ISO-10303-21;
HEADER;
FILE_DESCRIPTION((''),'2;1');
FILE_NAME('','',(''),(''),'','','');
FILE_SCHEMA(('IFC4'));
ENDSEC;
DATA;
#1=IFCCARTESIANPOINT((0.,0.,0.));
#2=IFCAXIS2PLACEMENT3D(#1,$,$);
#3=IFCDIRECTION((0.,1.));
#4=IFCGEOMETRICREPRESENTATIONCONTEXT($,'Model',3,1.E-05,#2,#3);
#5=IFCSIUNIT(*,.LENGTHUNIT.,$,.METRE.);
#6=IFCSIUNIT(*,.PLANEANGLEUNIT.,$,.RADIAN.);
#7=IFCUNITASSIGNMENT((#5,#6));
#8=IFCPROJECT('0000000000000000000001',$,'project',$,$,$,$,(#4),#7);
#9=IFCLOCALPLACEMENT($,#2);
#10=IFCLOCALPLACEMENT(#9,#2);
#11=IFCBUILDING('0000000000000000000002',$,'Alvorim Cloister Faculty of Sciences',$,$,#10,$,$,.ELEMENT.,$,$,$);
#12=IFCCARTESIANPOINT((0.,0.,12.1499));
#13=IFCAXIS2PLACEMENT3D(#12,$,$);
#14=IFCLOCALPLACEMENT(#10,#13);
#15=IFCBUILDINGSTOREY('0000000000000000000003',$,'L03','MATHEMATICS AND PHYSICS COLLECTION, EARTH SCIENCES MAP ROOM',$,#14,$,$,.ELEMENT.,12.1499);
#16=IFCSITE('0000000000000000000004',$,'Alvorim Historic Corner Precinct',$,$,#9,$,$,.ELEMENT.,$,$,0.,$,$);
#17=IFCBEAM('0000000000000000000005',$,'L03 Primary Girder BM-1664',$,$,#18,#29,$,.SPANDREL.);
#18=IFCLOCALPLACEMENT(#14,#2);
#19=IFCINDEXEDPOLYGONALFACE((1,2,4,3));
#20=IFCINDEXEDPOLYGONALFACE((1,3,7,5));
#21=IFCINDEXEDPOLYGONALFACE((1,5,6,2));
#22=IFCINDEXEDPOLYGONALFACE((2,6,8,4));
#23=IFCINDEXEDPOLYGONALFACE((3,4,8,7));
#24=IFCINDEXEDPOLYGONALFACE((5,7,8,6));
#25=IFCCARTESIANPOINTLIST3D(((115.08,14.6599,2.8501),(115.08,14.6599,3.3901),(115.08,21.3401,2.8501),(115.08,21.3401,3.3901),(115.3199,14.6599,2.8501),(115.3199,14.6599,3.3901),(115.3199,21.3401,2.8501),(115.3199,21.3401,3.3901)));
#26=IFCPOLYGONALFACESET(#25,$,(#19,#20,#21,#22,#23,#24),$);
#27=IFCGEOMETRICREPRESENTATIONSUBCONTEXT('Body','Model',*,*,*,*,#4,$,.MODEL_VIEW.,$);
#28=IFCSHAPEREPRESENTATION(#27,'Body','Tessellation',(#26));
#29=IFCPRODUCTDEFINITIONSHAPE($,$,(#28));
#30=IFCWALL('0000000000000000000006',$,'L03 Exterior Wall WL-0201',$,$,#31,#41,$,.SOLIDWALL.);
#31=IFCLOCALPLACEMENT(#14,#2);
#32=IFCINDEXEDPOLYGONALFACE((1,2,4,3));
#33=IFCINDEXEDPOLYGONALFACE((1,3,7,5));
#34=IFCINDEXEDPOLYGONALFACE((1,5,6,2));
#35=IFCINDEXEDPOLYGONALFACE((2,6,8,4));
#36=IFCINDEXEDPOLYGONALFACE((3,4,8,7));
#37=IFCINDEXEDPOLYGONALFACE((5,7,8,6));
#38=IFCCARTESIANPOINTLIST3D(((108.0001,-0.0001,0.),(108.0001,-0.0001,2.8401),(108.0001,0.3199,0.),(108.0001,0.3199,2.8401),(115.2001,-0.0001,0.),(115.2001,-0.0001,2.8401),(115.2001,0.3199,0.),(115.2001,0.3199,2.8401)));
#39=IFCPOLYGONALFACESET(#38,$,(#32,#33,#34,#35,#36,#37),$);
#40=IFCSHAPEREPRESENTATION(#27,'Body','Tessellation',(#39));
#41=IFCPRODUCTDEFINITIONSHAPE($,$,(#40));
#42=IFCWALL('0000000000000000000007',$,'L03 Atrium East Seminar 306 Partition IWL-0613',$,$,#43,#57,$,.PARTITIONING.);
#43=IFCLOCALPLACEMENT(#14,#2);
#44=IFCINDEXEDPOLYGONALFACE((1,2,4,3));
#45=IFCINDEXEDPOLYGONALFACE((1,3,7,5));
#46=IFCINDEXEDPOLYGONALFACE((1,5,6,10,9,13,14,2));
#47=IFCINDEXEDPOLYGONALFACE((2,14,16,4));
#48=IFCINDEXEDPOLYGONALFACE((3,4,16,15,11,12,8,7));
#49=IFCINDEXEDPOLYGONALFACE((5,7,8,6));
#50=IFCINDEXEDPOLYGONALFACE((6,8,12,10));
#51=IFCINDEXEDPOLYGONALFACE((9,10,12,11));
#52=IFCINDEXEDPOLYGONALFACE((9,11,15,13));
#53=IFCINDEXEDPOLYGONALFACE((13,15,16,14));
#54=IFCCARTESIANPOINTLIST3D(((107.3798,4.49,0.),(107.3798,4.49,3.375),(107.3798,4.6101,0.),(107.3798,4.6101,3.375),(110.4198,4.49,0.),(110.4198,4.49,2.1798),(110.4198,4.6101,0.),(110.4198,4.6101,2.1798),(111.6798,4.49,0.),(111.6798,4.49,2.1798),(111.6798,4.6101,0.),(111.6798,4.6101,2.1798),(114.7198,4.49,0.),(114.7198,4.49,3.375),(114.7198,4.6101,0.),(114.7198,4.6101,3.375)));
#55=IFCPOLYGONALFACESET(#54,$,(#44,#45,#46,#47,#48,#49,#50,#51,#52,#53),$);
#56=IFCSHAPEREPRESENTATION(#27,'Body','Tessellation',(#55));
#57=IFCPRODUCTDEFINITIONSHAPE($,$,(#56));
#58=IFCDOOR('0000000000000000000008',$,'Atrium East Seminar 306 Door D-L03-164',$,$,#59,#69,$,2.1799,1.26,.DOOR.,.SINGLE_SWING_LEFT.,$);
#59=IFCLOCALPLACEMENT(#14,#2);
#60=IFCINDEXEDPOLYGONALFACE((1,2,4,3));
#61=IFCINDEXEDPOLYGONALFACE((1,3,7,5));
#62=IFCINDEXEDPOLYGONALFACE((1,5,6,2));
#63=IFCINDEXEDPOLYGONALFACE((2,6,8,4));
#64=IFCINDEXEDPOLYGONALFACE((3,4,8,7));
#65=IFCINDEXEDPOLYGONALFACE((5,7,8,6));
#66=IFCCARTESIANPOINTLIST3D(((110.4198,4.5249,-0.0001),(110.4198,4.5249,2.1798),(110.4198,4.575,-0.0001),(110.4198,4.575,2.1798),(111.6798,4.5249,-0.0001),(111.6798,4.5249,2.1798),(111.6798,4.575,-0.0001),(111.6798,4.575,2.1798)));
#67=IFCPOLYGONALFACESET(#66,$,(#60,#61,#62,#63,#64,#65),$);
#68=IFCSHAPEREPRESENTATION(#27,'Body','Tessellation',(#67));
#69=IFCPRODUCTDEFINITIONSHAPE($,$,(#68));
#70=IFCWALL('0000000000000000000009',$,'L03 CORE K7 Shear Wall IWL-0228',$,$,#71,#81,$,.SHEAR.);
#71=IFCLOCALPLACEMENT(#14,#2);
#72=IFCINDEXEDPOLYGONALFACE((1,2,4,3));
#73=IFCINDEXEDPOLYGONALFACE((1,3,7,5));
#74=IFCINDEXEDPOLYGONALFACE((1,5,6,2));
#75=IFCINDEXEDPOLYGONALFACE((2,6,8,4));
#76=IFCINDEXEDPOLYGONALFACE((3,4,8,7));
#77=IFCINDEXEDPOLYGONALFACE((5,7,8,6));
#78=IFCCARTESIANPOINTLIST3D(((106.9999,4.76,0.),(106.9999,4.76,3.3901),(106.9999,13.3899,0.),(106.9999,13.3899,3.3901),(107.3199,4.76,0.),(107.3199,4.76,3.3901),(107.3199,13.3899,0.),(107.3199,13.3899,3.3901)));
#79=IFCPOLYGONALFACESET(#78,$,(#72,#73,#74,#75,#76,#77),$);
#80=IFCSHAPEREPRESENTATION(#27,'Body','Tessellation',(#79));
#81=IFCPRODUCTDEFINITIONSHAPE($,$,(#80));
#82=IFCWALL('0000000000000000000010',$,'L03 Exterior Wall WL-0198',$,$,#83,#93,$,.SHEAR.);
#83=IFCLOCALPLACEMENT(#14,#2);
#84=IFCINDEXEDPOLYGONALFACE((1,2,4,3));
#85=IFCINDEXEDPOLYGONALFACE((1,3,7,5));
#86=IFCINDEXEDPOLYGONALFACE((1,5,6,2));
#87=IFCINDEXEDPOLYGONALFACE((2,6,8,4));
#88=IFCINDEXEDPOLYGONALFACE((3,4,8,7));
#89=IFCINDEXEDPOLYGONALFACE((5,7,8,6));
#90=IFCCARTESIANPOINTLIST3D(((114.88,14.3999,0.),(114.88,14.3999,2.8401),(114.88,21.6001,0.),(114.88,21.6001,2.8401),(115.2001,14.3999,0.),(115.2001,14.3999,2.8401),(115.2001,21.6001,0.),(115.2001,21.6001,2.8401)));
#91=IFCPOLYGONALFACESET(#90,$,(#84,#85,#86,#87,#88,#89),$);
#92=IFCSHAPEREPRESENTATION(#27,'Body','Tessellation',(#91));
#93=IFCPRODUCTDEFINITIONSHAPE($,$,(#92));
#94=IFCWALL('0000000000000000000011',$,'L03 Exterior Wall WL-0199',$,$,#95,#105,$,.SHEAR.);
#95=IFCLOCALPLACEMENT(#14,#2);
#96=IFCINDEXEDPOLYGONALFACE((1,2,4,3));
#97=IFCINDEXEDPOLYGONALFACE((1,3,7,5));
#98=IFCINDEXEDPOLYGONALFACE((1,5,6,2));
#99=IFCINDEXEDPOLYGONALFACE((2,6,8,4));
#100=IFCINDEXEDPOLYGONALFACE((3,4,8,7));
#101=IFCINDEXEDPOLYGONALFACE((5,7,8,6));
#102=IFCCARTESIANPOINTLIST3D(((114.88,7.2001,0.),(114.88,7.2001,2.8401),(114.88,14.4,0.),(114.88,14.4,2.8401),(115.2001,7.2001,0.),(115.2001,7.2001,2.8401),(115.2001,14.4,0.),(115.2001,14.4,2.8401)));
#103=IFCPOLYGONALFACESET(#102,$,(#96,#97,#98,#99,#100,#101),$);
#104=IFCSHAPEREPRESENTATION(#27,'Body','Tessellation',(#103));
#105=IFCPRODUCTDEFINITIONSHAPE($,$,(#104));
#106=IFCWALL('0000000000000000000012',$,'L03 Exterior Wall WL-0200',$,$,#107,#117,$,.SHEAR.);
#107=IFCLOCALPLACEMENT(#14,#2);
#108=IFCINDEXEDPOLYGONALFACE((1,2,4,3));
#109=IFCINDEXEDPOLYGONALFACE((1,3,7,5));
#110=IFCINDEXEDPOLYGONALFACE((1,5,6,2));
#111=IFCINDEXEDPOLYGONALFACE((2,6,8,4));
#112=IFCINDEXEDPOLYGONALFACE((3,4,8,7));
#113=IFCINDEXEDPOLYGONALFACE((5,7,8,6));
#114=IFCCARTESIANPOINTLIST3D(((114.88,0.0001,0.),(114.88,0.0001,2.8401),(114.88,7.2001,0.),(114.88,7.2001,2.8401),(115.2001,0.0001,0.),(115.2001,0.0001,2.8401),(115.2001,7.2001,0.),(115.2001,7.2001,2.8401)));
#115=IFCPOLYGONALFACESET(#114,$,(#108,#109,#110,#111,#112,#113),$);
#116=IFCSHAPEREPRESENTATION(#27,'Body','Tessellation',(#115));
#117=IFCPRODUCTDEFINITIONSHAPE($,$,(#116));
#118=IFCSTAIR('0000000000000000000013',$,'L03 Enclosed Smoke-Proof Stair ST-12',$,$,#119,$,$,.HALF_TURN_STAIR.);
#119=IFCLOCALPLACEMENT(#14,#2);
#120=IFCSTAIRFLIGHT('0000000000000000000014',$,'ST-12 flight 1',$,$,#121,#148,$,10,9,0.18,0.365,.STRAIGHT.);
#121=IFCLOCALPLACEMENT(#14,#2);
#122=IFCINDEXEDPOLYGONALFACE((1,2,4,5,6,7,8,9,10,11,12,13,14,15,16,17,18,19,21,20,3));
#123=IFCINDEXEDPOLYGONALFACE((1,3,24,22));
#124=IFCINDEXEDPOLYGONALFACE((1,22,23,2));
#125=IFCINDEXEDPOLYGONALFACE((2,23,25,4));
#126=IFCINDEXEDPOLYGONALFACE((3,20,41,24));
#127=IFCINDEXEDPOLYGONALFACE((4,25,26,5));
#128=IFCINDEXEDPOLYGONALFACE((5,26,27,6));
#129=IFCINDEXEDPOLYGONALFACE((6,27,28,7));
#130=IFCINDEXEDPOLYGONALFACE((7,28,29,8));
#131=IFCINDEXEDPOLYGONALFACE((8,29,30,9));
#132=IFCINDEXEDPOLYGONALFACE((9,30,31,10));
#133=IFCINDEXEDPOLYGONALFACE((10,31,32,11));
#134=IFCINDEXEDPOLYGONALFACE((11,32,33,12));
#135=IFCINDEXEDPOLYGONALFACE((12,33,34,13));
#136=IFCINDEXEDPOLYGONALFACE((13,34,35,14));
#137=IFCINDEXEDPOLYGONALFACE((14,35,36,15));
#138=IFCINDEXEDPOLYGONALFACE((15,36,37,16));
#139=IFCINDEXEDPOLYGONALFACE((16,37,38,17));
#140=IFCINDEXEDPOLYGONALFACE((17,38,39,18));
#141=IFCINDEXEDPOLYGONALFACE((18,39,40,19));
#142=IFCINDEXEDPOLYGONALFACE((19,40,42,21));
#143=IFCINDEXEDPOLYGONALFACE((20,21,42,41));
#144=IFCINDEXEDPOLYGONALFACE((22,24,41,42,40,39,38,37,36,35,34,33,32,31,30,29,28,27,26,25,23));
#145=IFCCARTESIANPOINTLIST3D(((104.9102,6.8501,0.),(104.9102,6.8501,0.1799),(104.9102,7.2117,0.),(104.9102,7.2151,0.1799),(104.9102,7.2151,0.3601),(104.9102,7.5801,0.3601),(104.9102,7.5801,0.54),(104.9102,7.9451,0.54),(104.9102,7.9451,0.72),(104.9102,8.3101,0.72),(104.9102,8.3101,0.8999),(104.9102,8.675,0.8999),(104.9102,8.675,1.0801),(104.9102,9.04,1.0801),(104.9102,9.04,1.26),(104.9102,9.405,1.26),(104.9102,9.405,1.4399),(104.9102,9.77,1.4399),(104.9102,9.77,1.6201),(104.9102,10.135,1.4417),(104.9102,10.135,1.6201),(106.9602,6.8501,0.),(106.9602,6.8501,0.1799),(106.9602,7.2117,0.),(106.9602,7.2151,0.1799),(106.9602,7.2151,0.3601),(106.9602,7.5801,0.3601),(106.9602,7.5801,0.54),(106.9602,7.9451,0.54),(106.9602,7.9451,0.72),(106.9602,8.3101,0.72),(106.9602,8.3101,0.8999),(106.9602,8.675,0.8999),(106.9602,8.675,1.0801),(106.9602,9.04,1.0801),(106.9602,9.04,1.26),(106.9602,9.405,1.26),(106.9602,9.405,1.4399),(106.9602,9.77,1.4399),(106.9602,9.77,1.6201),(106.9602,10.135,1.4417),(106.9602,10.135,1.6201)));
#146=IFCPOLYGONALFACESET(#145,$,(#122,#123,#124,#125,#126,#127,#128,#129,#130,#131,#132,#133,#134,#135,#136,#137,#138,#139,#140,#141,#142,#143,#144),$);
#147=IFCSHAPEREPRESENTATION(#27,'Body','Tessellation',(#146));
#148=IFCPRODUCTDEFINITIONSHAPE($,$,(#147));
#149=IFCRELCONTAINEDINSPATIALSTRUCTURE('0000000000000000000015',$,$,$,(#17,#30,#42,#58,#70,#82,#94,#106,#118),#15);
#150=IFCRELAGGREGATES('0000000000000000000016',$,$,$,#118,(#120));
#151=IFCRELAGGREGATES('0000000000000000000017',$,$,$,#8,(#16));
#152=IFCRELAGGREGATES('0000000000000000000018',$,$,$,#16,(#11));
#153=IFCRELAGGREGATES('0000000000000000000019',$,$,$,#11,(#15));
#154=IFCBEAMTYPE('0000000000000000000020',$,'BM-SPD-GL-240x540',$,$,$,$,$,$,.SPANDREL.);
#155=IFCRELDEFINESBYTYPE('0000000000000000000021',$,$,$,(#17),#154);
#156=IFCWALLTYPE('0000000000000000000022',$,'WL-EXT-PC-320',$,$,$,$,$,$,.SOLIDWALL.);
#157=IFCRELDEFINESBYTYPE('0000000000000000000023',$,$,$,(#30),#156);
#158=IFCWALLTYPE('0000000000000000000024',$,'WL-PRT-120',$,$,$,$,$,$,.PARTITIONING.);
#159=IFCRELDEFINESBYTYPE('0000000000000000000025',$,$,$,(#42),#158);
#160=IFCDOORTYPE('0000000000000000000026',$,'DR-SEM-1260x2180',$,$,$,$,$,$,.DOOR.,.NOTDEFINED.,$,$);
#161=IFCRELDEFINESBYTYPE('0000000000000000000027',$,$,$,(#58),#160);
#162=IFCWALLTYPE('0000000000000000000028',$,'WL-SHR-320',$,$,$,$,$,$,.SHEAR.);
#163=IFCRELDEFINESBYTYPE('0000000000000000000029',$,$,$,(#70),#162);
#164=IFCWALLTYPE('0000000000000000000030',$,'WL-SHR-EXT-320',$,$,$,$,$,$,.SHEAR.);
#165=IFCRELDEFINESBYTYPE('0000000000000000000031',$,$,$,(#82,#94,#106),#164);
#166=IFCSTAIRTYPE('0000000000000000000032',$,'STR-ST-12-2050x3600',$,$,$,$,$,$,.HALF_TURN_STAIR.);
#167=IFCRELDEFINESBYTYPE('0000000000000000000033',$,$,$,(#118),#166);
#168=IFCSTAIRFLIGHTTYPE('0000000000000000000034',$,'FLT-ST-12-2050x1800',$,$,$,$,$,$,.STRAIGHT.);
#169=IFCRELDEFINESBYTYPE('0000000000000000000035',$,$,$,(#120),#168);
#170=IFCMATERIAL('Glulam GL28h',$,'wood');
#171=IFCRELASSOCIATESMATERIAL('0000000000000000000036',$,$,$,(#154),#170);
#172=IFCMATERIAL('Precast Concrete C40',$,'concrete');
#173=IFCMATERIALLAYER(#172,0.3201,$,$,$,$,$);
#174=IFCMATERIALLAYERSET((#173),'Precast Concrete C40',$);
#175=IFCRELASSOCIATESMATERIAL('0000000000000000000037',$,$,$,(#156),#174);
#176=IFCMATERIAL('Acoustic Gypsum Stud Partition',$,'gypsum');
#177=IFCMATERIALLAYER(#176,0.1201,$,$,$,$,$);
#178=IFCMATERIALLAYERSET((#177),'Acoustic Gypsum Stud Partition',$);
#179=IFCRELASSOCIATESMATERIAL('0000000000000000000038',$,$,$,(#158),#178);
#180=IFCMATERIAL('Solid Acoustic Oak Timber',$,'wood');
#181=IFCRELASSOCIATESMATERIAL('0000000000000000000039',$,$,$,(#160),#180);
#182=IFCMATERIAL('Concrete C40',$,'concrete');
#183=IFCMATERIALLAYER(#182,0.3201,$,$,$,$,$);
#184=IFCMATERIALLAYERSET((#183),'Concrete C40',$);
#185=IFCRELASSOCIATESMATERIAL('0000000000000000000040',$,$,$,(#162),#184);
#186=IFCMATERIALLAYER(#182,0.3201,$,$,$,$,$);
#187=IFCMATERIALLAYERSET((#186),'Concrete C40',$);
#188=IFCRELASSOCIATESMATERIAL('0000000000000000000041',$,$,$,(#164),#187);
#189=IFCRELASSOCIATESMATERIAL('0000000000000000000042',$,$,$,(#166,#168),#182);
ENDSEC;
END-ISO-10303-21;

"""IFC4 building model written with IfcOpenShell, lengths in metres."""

from ifc_helpers import new_model, si_unit, direction, frame, frame_2d, origin, origin_2d, place, context, subcontext, project, spatial, polyline, rectangle, outline, extrude, material, layer, layer_set, material_profile, profile_set, type_object, element, fill, aggregate, save


model = new_model("IFC4")

# Units and contexts
model_context = context("Model", 3, precision=1e-05, world=origin(), true_north=direction((0.0, 1.0)))
body_context = subcontext(model_context, "Body", "Model", "MODEL_VIEW")
ifc_project = project(units=[si_unit("LENGTHUNIT", "METRE"), si_unit("PLANEANGLEUNIT", "RADIAN")], contexts=[model_context])

# Site, building, storey
site_placement = place(None, origin())
site = spatial("IfcSite", under=ifc_project, at=site_placement, Name="Alvorim Historic Corner Precinct", CompositionType="ELEMENT", RefElevation=0.0)
building_placement = place(site_placement, origin())
building = spatial("IfcBuilding", under=site, at=building_placement, Name="Alvorim Cloister Faculty of Sciences", CompositionType="ELEMENT")
storey_placement = place(building_placement, frame((0.0, 0.0, 12.1499)))
storey = spatial("IfcBuildingStorey", under=building, at=storey_placement, Name="L03", Description="MATHEMATICS AND PHYSICS COLLECTION, EARTH SCIENCES MAP ROOM", CompositionType="ELEMENT", Elevation=12.1499)

# Beam
ifc_material_1 = material(Name="Glulam GL28h", Category="wood")
ifc_material_profile_1 = material_profile(ifc_material_1, rectangle(XDim=0.24, YDim=0.54, at=origin_2d()), Name="GL28-SPD-240x540")
ifc_profile_set_1 = profile_set([ifc_material_profile_1], Name="Glulam GL28h")
beam_type_1 = type_object("IfcBeamType", Name="BM-SPD-GL-240x540", PredefinedType="SPANDREL", material=ifc_profile_set_1)
beam_1_placement = place(storey_placement, frame((115.2, 14.6599, 3.1201), z_axis=(0.0, 1.0, 0.0), x_axis=(-1.0, 0.0, 0.0)))
element("IfcBeam", 1, at=beam_1_placement, inside=storey, type_object=beam_type_1, Name="L03 Primary Girder BM-1664", PredefinedType="SPANDREL", context=body_context, shape_type="SweptSolid", body=[
    extrude(rectangle(XDim=0.24, YDim=0.54, at=origin_2d()), origin(), (0.0, 0.0, 1.0), 6.6802),
])

# Wall
ifc_material_2 = material(Name="Precast Concrete C40", Category="concrete")
ifc_layer_1 = layer(ifc_material_2, 0.3201)
ifc_layer_set_1 = layer_set([ifc_layer_1], Name="Precast Concrete C40")
wall_type_1 = type_object("IfcWallType", Name="WL-EXT-PC-320", PredefinedType="SOLIDWALL", material=ifc_layer_set_1)
wall_1_placement = place(storey_placement, frame((108.0, 0.1599, 0.0), z_axis=(0.0, 0.0, 1.0), x_axis=(1.0, 0.0, 0.0)))
element("IfcWall", 2, at=wall_1_placement, inside=storey, type_object=wall_type_1, Name="L03 Exterior Wall WL-0201", PredefinedType="SOLIDWALL", context=body_context, shape_type="SweptSolid", body=[
    extrude(rectangle(XDim=7.2, YDim=0.3201, at=frame_2d((3.6001, 0.0))), origin(), (0.0, 0.0, 1.0), 2.8401),
])

# Wall, opening, door
ifc_material_3 = material(Name="Acoustic Gypsum Stud Partition", Category="gypsum")
ifc_layer_2 = layer(ifc_material_3, 0.1201)
ifc_layer_set_2 = layer_set([ifc_layer_2], Name="Acoustic Gypsum Stud Partition")
wall_type_2 = type_object("IfcWallType", Name="WL-PRT-120", PredefinedType="PARTITIONING", material=ifc_layer_set_2)
wall_2_placement = place(storey_placement, frame((107.3799, 4.55, 0.0), z_axis=(0.0, 0.0, 1.0), x_axis=(1.0, 0.0, 0.0)))
wall_2 = element("IfcWall", 3, at=wall_2_placement, inside=storey, type_object=wall_type_2, Name="L03 Atrium East Seminar 306 Partition IWL-0613", PredefinedType="PARTITIONING", context=body_context, shape_type="SweptSolid", body=[
    extrude(rectangle(XDim=7.3401, YDim=0.1201, at=frame_2d((3.6699, 0.0))), origin(), (0.0, 0.0, 1.0), 3.375),
])
opening_placement = place(wall_2_placement, frame((3.04, 0.0, 0.0)))
opening = element("IfcOpeningElement", 4, at=opening_placement, cuts=wall_2, PredefinedType="OPENING", context=body_context, shape_type="SweptSolid", body=[
    extrude(rectangle(XDim=1.26, YDim=2.1799, at=frame_2d((0.6299, 1.0898))), frame((0.0, 0.072, 0.0), z_axis=(0.0, -1.0, 0.0), x_axis=(1.0, 0.0, 0.0)), (0.0, 0.0, 1.0), 0.144),
])
ifc_material_4 = material(Name="Solid Acoustic Oak Timber", Category="wood")
door_type = type_object("IfcDoorType", Name="DR-SEM-1260x2180", OperationType="NOTDEFINED", PredefinedType="DOOR", material=ifc_material_4)
door_placement = place(opening_placement, origin())
door = element("IfcDoor", 5, at=door_placement, inside=storey, type_object=door_type, Name="Atrium East Seminar 306 Door D-L03-164", OperationType="SINGLE_SWING_LEFT", OverallHeight=2.1799, OverallWidth=1.26, PredefinedType="DOOR", context=body_context, shape_type="SweptSolid", body=[
    extrude(rectangle(XDim=1.26, YDim=2.1799, at=frame_2d((0.6299, 1.0898))), frame((0.0, 0.0249, 0.0), z_axis=(0.0, -1.0, 0.0), x_axis=(1.0, 0.0, 0.0)), (0.0, 0.0, 1.0), 0.05),
])
fill(opening, door)

# Walls
ifc_material_5 = material(Name="Concrete C40", Category="concrete")
ifc_layer_3 = layer(ifc_material_5, 0.3201)
ifc_layer_set_3 = layer_set([ifc_layer_3], Name="Concrete C40")
wall_type_3 = type_object("IfcWallType", Name="WL-SHR-320", PredefinedType="SHEAR", material=ifc_layer_set_3)
wall_3_placement = place(storey_placement, frame((107.1599, 4.76, 0.0), z_axis=(0.0, 0.0, 1.0), x_axis=(0.0, 1.0, 0.0)))
element("IfcWall", 6, at=wall_3_placement, inside=storey, type_object=wall_type_3, Name="L03 CORE K7 Shear Wall IWL-0228", PredefinedType="SHEAR", context=body_context, shape_type="SweptSolid", body=[
    extrude(rectangle(XDim=8.6299, YDim=0.3201, at=frame_2d((4.3149, 0.0))), origin(), (0.0, 0.0, 1.0), 3.3901),
])
ifc_layer_4 = layer(ifc_material_5, 0.3201)
ifc_layer_set_4 = layer_set([ifc_layer_4], Name="Concrete C40")
wall_type_4 = type_object("IfcWallType", Name="WL-SHR-EXT-320", PredefinedType="SHEAR", material=ifc_layer_set_4)
wall_4_placement = place(storey_placement, frame((115.04, 14.3999, 0.0), z_axis=(0.0, 0.0, 1.0), x_axis=(0.0, 1.0, 0.0)))
element("IfcWall", 7, at=wall_4_placement, inside=storey, type_object=wall_type_4, Name="L03 Exterior Wall WL-0198", PredefinedType="SHEAR", context=body_context, shape_type="SweptSolid", body=[
    extrude(rectangle(XDim=7.2002, YDim=0.3201, at=frame_2d((3.6001, 0.0))), origin(), (0.0, 0.0, 1.0), 2.8401),
])
for number, where, z_axis, x_axis, name in (
    (8, (115.04, 7.2, 0.0), (0.0, 0.0, 1.0), (0.0, 1.0, 0.0), "L03 Exterior Wall WL-0199"),
    (9, (115.04, 0.0, 0.0), (0.0, 0.0, 1.0), (0.0, 1.0, 0.0), "L03 Exterior Wall WL-0200"),
):
    element("IfcWall", number, at=place(storey_placement, frame(where, z_axis=z_axis, x_axis=x_axis)), inside=storey, type_object=wall_type_4, Name=name, PredefinedType="SHEAR", context=body_context, shape_type="SweptSolid", body=[
        extrude(rectangle(XDim=7.2, YDim=0.3201, at=frame_2d((3.6001, 0.0))), origin(), (0.0, 0.0, 1.0), 2.8401),
    ])

# Stair, stair flight
stair_type = type_object("IfcStairType", Name="STR-ST-12-2050x3600", PredefinedType="HALF_TURN_STAIR", material=ifc_material_5)
stair_placement = place(storey_placement, origin())
stair = element("IfcStair", 10, at=stair_placement, inside=storey, type_object=stair_type, Name="L03 Enclosed Smoke-Proof Stair ST-12", PredefinedType="HALF_TURN_STAIR")
stair_flight_type = type_object("IfcStairFlightType", Name="FLT-ST-12-2050x1800", PredefinedType="STRAIGHT", material=ifc_material_5)
stair_flight_placement = place(storey_placement, frame((105.9351, 6.8501, 0.0), z_axis=(0.0, 0.0, 1.0), x_axis=(0.0, 1.0, 0.0)))
stair_flight = element("IfcStairFlight", 11, at=stair_flight_placement, type_object=stair_flight_type, Name="ST-12 flight 1", NumberOfRisers=10, NumberOfTreads=9, PredefinedType="STRAIGHT", RiserHeight=0.18, TreadLength=0.365, context=body_context, shape_type="SweptSolid", body=[
    extrude(outline(polyline([(0.3616, 0.0), (3.2849, 1.4417), (3.2849, 1.8), (3.2849, 1.6201), (2.9199, 1.6201), (2.9199, 1.4399), (2.5549, 1.4399), (2.5549, 1.26), (2.1899, 1.26), (2.1899, 1.0801), (1.825, 1.0801), (1.825, 0.8999), (1.46, 0.8999), (1.46, 0.72), (1.095, 0.72), (1.095, 0.54), (0.73, 0.54), (0.73, 0.3601), (0.365, 0.3601), (0.365, 0.1799), (0.0, 0.1799), (0.0, 0.0), (0.3616, 0.0)])), frame((0.0, 1.0249, 0.0), z_axis=(0.0, -1.0, 0.0), x_axis=(1.0, 0.0, 0.0)), (0.0, 0.0, 1.0), 2.05),
])
aggregate(stair, [stair_flight])

save(model, "model.ifc")
